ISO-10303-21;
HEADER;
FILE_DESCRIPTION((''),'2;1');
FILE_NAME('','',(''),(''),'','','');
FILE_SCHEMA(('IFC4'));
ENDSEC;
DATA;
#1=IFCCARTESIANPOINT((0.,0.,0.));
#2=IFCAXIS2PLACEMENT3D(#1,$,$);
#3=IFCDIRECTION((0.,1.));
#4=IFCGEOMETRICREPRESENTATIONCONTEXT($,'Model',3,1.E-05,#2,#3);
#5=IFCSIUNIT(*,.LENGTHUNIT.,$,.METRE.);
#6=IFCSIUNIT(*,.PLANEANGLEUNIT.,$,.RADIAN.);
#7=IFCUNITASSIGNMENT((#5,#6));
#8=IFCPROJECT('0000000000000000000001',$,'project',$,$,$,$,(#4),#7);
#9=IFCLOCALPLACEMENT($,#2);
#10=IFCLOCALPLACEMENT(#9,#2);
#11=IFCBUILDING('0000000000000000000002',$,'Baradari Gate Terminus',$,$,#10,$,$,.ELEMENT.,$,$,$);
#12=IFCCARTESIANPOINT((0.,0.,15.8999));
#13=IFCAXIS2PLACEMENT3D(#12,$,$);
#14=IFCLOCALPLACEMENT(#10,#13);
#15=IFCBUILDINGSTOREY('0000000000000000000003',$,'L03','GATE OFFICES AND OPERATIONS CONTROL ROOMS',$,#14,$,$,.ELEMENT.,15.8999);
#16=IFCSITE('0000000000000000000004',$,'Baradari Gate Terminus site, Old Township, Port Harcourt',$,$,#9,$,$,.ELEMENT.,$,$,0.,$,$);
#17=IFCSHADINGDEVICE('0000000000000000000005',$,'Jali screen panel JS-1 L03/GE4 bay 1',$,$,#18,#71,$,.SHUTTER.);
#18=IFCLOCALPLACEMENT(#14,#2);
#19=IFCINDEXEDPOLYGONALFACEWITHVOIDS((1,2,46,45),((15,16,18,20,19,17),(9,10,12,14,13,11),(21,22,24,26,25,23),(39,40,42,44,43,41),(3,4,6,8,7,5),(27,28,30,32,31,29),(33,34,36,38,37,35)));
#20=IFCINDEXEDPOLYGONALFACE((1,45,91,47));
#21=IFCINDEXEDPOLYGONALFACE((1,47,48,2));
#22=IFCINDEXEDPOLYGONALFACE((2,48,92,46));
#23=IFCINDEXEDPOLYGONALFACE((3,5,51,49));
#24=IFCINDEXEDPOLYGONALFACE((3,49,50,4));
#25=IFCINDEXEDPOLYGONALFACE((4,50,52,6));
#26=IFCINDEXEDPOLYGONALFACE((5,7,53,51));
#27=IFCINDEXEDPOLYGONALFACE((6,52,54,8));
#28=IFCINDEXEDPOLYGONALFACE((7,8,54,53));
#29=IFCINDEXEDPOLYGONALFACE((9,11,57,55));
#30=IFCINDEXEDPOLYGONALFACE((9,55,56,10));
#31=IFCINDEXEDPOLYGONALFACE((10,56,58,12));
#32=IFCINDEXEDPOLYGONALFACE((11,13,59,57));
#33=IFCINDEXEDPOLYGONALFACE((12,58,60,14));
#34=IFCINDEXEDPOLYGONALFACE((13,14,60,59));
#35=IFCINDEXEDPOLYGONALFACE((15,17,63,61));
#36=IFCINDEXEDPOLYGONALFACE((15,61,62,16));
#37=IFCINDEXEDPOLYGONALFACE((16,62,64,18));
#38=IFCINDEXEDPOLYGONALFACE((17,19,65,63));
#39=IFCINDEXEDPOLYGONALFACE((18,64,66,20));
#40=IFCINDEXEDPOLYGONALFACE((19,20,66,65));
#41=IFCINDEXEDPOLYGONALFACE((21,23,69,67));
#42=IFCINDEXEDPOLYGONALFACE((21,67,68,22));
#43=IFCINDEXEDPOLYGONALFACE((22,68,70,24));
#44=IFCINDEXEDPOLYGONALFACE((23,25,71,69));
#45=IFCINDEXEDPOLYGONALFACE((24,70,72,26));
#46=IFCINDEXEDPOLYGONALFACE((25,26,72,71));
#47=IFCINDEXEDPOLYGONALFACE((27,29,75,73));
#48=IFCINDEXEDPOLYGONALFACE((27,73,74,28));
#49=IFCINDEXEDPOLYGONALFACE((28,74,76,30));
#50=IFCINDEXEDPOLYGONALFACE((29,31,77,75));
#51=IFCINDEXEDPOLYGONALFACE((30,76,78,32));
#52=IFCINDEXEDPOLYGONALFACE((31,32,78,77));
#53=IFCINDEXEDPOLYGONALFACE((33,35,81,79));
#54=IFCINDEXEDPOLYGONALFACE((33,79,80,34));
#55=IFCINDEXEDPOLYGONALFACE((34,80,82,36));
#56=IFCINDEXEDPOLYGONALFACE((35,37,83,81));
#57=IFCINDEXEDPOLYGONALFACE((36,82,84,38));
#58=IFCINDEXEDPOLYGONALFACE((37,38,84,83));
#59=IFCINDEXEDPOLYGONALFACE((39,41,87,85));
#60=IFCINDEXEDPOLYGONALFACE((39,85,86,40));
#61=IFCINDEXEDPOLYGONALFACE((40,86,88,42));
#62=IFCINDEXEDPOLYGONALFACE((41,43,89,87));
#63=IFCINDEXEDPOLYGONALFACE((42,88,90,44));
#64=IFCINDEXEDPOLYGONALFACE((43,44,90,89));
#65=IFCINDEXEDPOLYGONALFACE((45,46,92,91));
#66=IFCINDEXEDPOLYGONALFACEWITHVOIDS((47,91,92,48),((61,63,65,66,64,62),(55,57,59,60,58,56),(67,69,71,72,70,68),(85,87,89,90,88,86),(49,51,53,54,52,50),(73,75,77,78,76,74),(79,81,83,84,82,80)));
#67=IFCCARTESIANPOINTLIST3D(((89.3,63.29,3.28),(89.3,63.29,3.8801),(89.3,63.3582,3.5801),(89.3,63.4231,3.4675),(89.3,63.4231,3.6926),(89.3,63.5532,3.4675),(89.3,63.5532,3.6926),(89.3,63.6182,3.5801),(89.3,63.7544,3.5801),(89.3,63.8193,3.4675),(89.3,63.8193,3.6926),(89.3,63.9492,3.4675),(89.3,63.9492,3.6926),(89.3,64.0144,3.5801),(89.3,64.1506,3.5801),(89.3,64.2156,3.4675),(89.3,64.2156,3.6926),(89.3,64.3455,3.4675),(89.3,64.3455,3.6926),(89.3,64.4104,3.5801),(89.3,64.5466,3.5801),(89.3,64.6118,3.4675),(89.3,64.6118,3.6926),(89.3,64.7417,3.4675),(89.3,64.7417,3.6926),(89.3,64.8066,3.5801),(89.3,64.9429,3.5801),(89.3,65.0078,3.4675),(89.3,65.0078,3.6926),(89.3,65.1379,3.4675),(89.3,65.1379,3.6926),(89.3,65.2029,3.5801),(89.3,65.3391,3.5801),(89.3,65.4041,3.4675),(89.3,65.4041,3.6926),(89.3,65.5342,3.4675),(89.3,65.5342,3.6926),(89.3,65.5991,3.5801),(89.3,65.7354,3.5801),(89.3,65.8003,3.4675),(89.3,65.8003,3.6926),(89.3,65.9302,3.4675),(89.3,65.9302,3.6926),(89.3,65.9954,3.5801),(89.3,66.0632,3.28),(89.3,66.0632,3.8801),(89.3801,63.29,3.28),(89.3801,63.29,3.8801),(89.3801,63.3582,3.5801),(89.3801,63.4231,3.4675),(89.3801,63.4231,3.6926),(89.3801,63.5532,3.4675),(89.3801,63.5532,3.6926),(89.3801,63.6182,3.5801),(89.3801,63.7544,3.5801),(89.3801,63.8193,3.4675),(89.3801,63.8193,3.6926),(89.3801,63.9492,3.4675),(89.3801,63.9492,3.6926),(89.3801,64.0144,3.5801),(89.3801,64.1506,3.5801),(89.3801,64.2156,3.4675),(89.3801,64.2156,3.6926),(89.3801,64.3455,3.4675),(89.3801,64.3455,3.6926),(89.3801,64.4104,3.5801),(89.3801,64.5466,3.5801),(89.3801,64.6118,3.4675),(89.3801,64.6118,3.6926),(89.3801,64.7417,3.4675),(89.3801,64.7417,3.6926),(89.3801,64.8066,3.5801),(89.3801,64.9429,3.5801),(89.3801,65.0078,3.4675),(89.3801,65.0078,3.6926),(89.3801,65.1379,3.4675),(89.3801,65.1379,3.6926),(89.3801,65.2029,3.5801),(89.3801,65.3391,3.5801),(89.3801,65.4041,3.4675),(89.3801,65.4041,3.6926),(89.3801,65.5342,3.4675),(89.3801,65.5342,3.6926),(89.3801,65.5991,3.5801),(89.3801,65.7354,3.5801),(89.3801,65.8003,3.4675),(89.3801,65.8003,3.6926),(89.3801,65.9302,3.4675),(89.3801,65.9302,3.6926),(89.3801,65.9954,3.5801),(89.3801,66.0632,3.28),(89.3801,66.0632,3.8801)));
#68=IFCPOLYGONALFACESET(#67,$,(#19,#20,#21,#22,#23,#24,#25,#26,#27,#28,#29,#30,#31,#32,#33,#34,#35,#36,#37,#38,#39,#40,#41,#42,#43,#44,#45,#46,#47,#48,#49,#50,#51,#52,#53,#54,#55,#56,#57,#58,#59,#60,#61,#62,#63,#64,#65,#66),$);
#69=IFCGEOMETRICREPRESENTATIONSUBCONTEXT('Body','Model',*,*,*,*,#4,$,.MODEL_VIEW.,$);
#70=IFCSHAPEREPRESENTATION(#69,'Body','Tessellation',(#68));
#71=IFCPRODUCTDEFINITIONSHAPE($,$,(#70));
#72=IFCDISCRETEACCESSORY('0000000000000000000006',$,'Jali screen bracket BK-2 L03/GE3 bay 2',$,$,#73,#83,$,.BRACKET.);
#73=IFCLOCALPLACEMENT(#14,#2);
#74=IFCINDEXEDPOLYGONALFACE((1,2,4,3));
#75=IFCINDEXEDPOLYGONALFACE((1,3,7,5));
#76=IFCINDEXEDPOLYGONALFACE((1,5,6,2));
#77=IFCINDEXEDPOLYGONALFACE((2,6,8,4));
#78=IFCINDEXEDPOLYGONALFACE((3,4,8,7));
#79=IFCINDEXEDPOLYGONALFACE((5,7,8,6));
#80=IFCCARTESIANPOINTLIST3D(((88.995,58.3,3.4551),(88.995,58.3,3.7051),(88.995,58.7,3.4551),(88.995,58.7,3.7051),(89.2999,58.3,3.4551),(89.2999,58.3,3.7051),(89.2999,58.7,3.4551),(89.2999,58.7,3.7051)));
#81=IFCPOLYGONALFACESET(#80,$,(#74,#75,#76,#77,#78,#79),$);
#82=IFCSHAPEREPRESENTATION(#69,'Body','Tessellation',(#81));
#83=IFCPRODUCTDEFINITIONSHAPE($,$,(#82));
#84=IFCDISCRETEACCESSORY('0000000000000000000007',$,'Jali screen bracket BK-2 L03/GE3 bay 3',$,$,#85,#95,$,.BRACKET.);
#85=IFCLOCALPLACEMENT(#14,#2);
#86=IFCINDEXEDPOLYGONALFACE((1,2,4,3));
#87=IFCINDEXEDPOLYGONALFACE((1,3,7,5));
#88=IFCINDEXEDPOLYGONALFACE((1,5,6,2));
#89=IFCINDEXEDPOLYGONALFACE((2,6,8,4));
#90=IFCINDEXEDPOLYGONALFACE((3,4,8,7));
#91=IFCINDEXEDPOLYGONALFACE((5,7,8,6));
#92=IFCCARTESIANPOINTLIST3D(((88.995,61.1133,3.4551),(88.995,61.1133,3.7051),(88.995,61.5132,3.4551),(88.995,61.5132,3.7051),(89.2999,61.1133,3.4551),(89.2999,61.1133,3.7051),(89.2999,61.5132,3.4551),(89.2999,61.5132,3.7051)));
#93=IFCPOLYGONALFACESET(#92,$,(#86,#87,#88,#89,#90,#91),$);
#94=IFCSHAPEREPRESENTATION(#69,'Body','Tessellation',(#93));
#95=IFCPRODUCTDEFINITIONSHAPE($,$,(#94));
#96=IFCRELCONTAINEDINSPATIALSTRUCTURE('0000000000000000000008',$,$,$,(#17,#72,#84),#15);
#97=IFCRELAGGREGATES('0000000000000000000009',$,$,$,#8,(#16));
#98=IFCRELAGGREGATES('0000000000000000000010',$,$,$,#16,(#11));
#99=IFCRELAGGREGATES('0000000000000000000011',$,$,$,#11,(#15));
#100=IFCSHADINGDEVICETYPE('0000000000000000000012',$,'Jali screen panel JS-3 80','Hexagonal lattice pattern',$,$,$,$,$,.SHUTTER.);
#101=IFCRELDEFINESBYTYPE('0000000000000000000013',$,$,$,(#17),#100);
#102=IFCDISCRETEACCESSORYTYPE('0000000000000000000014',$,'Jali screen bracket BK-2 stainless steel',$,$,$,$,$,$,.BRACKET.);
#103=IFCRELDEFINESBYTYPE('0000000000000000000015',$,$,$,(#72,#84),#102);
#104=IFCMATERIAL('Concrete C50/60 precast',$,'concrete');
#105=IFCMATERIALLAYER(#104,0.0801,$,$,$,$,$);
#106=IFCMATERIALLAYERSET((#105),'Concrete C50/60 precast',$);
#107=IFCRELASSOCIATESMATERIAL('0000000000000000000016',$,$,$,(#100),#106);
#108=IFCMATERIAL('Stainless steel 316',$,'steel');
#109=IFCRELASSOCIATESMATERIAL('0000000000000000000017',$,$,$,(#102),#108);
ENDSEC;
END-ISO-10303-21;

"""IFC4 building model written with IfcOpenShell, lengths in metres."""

from ifc_helpers import new_model, si_unit, direction, frame, origin, origin_2d, place, context, subcontext, project, spatial, polyline, rectangle, outline, extrude, material, layer, layer_set, type_object, element, save


model = new_model("IFC4")

# Units and contexts
model_context = context("Model", 3, precision=1e-05, world=origin(), true_north=direction((0.0, 1.0)))
body_context = subcontext(model_context, "Body", "Model", "MODEL_VIEW")
ifc_project = project(units=[si_unit("LENGTHUNIT", "METRE"), si_unit("PLANEANGLEUNIT", "RADIAN")], contexts=[model_context])

# Site, building, storey
site_placement = place(None, origin())
site = spatial("IfcSite", under=ifc_project, at=site_placement, Name="Baradari Gate Terminus site, Old Township, Port Harcourt", CompositionType="ELEMENT", RefElevation=0.0)
building_placement = place(site_placement, origin())
building = spatial("IfcBuilding", under=site, at=building_placement, Name="Baradari Gate Terminus", CompositionType="ELEMENT")
storey_placement = place(building_placement, frame((0.0, 0.0, 15.8999)))
storey = spatial("IfcBuildingStorey", under=building, at=storey_placement, Name="L03", Description="GATE OFFICES AND OPERATIONS CONTROL ROOMS", CompositionType="ELEMENT", Elevation=15.8999)

# Shading device
ifc_material_1 = material(Name="Concrete C50/60 precast", Category="concrete")
ifc_layer_1 = layer(ifc_material_1, 0.0801)
ifc_layer_set_1 = layer_set([ifc_layer_1], Name="Concrete C50/60 precast")
shading_device_type = type_object("IfcShadingDeviceType", Name="Jali screen panel JS-3 80", Description="Hexagonal lattice pattern", PredefinedType="SHUTTER", material=ifc_layer_set_1)
shading_device_1_placement = place(storey_placement, frame((89.3401, 63.29, 3.28), z_axis=(0.0, 0.0, 1.0), x_axis=(0.0, 1.0, 0.0)))
element("IfcShadingDevice", 1, at=shading_device_1_placement, inside=storey, type_object=shading_device_type, Name="Jali screen panel JS-1 L03/GE4 bay 1", PredefinedType="SHUTTER", context=body_context, shape_type="SweptSolid", body=[
    extrude(outline(polyline([(0.0, 0.0), (2.7732, 0.0), (2.7732, 0.6001), (0.0, 0.6001), (0.0, 0.0)]), holes=[polyline([(0.3281, 0.3), (0.2632, 0.1875), (0.1331, 0.1875), (0.0681, 0.3), (0.1331, 0.4126), (0.2632, 0.4126), (0.3281, 0.3)]), polyline([(0.7244, 0.3), (0.6592, 0.1875), (0.5293, 0.1875), (0.4644, 0.3), (0.5293, 0.4126), (0.6592, 0.4126), (0.7244, 0.3)]), polyline([(1.1204, 0.3), (1.0554, 0.1875), (0.9255, 0.1875), (0.8606, 0.3), (0.9255, 0.4126), (1.0554, 0.4126), (1.1204, 0.3)]), polyline([(1.5166, 0.3), (1.4517, 0.1875), (1.3218, 0.1875), (1.2566, 0.3), (1.3218, 0.4126), (1.4517, 0.4126), (1.5166, 0.3)]), polyline([(1.9128, 0.3), (1.8479, 0.1875), (1.7178, 0.1875), (1.6528, 0.3), (1.7178, 0.4126), (1.8479, 0.4126), (1.9128, 0.3)]), polyline([(2.3091, 0.3), (2.2441, 0.1875), (2.114, 0.1875), (2.0491, 0.3), (2.114, 0.4126), (2.2441, 0.4126), (2.3091, 0.3)]), polyline([(2.7053, 0.3), (2.6401, 0.1875), (2.5103, 0.1875), (2.4453, 0.3), (2.5103, 0.4126), (2.6401, 0.4126), (2.7053, 0.3)])]), frame((0.0, 0.04, 0.0), z_axis=(0.0, -1.0, 0.0), x_axis=(1.0, 0.0, 0.0)), (0.0, 0.0, 1.0), 0.0801),
])

# Discrete accessories
ifc_material_2 = material(Name="Stainless steel 316", Category="steel")
discrete_accessory_type = type_object("IfcDiscreteAccessoryType", Name="Jali screen bracket BK-2 stainless steel", PredefinedType="BRACKET", material=ifc_material_2)
for number, where, z_axis, x_axis, name in (
    (2, (89.1475, 58.5, 3.4551), (0.0, 0.0, 1.0), (1.0, 0.0, 0.0), "Jali screen bracket BK-2 L03/GE3 bay 2"),
    (3, (89.1475, 61.3132, 3.4551), (0.0, 0.0, 1.0), (1.0, 0.0, 0.0), "Jali screen bracket BK-2 L03/GE3 bay 3"),
):
    element("IfcDiscreteAccessory", number, at=place(storey_placement, frame(where, z_axis=z_axis, x_axis=x_axis)), inside=storey, type_object=discrete_accessory_type, Name=name, PredefinedType="BRACKET", context=body_context, shape_type="SweptSolid", body=[
        extrude(rectangle(XDim=0.3049, YDim=0.3999, at=origin_2d()), origin(), (0.0, 0.0, 1.0), 0.25),
    ])

save(model, "model.ifc")
